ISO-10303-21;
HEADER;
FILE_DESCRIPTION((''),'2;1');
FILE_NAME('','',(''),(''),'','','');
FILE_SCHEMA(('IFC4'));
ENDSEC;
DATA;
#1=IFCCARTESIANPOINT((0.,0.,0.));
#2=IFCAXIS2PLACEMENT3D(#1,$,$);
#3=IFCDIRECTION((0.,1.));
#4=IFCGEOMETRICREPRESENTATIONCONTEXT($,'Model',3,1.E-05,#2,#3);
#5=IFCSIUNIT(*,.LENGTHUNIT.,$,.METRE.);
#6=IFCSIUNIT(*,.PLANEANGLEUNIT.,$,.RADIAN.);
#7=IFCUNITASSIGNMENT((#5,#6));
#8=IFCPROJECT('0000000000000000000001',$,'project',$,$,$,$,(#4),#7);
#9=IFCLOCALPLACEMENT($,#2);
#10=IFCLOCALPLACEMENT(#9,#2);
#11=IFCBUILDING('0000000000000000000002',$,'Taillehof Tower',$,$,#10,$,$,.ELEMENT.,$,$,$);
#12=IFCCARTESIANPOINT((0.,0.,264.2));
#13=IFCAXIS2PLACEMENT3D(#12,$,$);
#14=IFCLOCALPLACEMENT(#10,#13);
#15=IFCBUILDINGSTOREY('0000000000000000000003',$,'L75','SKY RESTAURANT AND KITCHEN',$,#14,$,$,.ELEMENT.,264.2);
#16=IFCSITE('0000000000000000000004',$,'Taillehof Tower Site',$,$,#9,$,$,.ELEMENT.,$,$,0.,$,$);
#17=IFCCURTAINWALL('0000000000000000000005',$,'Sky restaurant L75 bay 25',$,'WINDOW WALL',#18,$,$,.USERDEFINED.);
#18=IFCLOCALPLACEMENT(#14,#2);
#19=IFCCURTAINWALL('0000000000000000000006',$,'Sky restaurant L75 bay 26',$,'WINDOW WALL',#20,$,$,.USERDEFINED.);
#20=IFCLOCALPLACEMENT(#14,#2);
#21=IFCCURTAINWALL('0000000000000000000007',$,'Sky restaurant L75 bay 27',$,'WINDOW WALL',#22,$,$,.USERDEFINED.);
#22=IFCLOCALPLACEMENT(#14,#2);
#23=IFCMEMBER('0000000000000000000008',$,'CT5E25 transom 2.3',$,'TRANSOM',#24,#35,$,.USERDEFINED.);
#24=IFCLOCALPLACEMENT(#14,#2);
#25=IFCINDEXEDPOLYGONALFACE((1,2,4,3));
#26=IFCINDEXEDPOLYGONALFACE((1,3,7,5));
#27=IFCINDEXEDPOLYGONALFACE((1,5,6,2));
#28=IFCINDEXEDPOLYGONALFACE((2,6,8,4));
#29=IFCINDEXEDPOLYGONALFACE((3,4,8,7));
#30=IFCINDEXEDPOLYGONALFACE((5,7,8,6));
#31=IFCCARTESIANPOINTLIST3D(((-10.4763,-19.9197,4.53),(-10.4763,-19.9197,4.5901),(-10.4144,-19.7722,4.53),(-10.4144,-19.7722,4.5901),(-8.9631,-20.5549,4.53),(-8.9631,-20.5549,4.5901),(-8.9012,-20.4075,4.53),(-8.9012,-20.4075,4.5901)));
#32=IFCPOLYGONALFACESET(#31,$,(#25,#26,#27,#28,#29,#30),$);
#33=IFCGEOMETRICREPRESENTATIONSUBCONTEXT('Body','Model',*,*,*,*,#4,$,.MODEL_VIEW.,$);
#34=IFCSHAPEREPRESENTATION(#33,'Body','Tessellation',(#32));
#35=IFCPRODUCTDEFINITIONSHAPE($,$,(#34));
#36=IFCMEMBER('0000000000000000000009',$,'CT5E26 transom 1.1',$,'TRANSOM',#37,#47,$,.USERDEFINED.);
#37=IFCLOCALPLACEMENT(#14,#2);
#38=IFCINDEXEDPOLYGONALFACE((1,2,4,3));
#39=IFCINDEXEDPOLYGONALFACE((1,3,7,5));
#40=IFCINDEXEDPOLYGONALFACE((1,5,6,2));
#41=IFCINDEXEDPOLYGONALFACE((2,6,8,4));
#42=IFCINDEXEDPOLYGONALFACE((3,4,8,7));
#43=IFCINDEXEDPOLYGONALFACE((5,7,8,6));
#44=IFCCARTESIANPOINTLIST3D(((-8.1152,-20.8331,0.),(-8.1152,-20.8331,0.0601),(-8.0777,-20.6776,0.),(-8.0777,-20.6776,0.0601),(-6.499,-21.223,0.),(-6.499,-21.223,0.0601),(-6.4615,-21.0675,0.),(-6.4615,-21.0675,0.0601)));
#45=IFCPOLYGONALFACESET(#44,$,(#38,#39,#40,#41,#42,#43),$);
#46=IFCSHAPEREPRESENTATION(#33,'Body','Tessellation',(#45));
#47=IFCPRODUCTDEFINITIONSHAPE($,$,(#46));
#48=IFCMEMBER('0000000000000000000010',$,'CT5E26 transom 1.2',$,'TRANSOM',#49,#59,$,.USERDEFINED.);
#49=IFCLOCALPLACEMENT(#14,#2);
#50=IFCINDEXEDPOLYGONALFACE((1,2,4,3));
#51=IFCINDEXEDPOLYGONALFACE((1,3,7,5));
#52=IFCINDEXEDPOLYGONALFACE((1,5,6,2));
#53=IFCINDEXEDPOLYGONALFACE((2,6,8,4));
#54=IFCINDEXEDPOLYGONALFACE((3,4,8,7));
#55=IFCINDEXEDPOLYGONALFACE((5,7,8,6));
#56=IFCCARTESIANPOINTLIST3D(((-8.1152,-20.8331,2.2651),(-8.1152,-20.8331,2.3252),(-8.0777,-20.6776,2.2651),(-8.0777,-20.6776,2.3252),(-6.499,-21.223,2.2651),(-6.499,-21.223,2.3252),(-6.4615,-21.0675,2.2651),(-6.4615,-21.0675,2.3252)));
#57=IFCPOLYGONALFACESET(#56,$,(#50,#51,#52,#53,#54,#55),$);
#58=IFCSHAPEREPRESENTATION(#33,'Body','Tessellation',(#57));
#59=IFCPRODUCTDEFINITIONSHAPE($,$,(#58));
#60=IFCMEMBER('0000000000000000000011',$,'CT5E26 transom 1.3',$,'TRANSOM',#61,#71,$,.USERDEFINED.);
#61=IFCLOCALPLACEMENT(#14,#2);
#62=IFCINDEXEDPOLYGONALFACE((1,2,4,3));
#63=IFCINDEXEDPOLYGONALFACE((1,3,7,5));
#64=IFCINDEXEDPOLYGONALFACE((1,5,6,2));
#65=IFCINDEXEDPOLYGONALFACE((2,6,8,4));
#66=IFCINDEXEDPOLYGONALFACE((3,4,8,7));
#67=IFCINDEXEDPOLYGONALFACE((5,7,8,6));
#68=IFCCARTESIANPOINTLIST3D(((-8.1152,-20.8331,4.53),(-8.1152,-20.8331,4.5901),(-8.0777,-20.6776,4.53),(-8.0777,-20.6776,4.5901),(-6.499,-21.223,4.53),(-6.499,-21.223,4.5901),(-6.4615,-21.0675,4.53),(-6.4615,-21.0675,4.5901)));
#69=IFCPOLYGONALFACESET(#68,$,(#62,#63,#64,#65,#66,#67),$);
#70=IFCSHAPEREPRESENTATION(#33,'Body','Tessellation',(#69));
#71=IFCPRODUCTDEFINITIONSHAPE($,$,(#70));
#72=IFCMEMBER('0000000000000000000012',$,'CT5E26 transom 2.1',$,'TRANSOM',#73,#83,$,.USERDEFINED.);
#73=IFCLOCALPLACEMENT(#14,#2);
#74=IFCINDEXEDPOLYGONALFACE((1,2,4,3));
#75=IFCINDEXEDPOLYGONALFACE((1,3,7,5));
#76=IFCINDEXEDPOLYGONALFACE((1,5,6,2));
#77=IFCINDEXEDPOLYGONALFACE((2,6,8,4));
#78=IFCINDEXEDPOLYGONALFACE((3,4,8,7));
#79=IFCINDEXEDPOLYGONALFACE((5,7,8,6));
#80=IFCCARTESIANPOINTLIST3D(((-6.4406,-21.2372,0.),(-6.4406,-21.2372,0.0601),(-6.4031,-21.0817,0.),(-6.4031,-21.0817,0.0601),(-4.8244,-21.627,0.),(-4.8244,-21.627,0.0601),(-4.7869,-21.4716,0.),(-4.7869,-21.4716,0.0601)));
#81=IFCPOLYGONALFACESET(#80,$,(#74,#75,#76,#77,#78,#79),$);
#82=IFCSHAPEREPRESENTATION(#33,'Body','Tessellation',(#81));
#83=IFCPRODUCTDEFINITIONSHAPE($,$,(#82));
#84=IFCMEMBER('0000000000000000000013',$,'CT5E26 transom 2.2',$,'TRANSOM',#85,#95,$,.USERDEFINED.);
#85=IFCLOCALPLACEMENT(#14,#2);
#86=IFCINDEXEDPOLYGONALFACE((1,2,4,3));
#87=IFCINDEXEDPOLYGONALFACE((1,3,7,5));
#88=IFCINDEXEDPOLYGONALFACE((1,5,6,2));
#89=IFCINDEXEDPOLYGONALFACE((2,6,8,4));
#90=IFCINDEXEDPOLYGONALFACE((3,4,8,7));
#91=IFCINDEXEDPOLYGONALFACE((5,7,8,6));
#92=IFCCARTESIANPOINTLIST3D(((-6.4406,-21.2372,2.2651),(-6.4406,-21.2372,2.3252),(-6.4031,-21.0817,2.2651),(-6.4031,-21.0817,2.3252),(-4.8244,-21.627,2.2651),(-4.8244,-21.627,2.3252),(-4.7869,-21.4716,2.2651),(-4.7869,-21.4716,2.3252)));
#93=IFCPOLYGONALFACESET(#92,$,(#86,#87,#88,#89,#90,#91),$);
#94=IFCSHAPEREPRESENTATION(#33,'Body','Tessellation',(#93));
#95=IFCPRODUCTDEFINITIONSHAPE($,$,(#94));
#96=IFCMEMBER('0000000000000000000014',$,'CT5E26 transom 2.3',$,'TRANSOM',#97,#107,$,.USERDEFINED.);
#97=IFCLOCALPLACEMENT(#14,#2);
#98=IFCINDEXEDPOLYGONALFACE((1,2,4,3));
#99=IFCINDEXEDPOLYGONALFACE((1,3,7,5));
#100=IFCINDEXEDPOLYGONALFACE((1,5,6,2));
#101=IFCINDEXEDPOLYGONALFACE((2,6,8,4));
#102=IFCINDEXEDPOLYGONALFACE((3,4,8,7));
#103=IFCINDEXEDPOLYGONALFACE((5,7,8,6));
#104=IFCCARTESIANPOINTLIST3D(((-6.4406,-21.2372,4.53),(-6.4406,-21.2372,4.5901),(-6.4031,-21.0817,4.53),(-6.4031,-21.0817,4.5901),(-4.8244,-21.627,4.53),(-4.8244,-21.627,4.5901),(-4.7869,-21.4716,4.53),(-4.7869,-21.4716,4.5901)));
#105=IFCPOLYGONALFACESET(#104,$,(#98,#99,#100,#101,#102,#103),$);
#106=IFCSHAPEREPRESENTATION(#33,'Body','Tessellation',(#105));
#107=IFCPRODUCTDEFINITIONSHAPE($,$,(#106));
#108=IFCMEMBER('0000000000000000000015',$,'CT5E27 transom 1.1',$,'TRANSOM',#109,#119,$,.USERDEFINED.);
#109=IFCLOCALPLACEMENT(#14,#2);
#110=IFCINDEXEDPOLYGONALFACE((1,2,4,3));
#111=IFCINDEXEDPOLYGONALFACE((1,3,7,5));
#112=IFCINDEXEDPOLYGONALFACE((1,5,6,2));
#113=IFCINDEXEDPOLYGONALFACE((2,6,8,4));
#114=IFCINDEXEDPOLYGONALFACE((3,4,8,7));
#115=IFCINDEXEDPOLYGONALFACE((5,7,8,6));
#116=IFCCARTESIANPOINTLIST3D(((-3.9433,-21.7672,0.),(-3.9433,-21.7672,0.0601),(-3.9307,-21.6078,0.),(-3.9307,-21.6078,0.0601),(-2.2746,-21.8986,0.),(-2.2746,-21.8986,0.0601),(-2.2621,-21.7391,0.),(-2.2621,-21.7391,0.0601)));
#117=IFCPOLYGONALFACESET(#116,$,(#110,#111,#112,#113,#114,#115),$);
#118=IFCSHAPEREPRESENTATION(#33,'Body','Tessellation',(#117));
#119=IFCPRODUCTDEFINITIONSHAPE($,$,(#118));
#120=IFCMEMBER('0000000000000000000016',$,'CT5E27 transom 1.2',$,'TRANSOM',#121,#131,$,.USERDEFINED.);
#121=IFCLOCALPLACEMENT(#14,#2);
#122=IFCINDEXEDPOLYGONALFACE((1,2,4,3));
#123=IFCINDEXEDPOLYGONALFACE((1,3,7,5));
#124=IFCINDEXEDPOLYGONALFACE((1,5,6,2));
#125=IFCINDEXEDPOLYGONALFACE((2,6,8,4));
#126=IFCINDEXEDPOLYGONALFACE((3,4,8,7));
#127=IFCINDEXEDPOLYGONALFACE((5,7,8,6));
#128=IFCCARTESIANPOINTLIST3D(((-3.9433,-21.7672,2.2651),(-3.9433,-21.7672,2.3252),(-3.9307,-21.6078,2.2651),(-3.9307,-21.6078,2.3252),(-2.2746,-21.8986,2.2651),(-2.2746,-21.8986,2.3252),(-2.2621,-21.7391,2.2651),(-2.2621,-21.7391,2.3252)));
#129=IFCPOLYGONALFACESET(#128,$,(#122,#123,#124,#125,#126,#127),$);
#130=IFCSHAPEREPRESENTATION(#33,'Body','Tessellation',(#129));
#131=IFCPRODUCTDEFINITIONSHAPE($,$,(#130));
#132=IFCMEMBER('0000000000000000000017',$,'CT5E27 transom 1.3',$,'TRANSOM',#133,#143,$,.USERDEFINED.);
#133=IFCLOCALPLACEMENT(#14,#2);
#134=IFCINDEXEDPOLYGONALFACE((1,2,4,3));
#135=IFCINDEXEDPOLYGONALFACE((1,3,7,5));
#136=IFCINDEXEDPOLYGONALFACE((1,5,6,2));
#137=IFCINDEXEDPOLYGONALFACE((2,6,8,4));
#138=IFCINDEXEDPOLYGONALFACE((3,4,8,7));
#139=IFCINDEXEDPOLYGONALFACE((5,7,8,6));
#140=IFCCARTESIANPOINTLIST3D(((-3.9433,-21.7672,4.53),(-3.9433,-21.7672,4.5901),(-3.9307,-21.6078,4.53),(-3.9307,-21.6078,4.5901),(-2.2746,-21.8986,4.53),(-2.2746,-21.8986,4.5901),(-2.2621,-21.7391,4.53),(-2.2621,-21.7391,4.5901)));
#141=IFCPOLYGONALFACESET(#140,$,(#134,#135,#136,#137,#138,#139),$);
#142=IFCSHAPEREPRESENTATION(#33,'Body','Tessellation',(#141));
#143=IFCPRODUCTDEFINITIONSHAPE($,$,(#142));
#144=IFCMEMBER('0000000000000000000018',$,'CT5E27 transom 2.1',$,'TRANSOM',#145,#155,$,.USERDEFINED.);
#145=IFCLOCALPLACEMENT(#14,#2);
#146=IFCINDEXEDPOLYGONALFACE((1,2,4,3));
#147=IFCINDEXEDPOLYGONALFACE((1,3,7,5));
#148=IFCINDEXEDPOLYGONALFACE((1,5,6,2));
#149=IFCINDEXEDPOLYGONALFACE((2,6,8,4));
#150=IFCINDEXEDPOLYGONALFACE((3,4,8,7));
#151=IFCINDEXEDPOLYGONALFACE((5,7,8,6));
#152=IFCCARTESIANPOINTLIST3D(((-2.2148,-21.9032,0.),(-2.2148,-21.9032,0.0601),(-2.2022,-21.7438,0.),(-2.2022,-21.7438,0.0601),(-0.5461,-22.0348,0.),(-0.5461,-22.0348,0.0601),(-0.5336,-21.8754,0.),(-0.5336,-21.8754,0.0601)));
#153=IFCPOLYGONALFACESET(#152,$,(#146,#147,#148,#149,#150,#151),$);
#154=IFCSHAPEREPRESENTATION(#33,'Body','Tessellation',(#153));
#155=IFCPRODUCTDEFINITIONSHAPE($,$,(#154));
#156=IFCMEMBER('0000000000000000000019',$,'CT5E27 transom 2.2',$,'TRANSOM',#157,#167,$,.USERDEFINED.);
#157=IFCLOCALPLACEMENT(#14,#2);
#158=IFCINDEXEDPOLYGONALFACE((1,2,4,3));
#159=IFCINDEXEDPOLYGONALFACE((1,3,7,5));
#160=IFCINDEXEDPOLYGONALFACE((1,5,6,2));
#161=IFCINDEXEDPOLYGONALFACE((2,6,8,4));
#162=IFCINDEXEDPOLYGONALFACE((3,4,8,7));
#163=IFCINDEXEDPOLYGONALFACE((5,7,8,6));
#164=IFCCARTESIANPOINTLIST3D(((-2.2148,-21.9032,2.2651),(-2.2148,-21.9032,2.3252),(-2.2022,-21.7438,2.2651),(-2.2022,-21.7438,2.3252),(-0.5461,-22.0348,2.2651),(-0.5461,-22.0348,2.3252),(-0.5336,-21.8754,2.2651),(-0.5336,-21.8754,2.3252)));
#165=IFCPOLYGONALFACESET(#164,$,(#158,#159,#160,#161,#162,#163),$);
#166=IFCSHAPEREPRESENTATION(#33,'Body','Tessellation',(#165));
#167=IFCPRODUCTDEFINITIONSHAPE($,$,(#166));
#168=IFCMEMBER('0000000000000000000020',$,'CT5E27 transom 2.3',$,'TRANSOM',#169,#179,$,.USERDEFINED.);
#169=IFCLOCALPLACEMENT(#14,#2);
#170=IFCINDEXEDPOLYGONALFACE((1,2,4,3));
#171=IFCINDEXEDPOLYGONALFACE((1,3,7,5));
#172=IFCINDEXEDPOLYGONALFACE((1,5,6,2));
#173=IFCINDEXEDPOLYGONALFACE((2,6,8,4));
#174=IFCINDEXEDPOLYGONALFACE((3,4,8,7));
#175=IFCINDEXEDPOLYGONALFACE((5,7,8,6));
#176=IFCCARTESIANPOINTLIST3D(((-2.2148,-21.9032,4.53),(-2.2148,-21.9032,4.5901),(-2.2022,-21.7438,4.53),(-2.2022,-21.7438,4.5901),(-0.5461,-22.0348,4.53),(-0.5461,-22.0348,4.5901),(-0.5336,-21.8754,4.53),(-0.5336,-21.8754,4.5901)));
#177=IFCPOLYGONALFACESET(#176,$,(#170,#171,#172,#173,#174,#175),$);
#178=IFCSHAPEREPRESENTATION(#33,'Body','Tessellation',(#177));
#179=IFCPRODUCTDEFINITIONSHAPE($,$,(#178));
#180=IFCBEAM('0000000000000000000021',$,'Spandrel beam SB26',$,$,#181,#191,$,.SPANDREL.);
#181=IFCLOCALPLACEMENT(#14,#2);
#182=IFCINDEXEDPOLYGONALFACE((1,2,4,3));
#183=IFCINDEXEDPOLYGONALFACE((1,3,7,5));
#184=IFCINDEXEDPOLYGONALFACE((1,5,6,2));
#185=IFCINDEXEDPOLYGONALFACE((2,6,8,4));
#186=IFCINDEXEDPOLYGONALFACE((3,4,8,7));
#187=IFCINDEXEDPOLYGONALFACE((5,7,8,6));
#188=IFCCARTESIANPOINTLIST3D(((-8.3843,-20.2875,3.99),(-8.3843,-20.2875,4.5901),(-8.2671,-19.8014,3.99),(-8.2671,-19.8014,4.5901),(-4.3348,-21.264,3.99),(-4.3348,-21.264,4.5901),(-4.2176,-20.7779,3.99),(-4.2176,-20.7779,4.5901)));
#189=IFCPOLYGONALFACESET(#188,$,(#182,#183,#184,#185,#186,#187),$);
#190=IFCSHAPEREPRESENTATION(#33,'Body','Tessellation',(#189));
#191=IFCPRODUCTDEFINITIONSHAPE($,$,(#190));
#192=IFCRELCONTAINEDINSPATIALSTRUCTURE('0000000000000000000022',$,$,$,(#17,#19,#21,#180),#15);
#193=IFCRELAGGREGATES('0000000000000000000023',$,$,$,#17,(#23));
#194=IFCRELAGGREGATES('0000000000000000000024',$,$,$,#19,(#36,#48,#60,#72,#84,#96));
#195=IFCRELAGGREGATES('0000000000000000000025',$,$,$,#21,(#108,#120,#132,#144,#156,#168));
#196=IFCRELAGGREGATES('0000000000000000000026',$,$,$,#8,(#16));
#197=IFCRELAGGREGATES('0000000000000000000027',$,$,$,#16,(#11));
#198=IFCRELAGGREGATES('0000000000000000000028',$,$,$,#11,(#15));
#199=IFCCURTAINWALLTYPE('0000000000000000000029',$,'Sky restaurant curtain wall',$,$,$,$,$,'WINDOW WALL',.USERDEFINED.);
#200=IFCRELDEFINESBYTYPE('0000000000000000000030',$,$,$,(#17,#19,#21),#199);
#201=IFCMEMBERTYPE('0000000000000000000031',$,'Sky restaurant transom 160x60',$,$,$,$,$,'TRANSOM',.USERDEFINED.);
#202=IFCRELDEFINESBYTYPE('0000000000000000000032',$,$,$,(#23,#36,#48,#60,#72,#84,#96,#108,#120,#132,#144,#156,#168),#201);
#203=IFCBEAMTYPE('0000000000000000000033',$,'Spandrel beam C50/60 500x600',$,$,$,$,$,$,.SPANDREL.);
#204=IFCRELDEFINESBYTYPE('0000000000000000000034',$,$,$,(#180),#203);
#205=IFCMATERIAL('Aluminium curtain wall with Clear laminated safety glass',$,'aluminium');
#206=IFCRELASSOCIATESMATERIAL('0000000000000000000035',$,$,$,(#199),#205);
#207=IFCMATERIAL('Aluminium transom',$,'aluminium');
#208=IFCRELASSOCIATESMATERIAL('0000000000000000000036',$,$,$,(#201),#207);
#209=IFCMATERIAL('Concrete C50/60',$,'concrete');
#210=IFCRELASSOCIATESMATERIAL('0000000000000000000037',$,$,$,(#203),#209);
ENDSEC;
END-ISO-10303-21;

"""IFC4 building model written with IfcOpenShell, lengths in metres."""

from ifc_helpers import new_model, si_unit, direction, frame, origin, origin_2d, place, context, subcontext, project, spatial, rectangle, extrude, material, material_profile, profile_set, type_object, element, aggregate, save


model = new_model("IFC4")

# Units and contexts
model_context = context("Model", 3, precision=1e-05, world=origin(), true_north=direction((0.0, 1.0)))
body_context = subcontext(model_context, "Body", "Model", "MODEL_VIEW")
ifc_project = project(units=[si_unit("LENGTHUNIT", "METRE"), si_unit("PLANEANGLEUNIT", "RADIAN")], contexts=[model_context])

# Site, building, storey
site_placement = place(None, origin())
site = spatial("IfcSite", under=ifc_project, at=site_placement, Name="Taillehof Tower Site", CompositionType="ELEMENT", RefElevation=0.0)
building_placement = place(site_placement, origin())
building = spatial("IfcBuilding", under=site, at=building_placement, Name="Taillehof Tower", CompositionType="ELEMENT")
storey_placement = place(building_placement, frame((0.0, 0.0, 264.2)))
storey = spatial("IfcBuildingStorey", under=building, at=storey_placement, Name="L75", Description="SKY RESTAURANT AND KITCHEN", CompositionType="ELEMENT", Elevation=264.2)

# Curtain walls
ifc_material_1 = material(Name="Aluminium curtain wall with Clear laminated safety glass", Category="aluminium")
curtain_wall_type = type_object("IfcCurtainWallType", Name="Sky restaurant curtain wall", ElementType="WINDOW WALL", PredefinedType="USERDEFINED", material=ifc_material_1)
curtain_wall_1_placement = place(storey_placement, origin())
curtain_wall_1 = element("IfcCurtainWall", 1, at=curtain_wall_1_placement, inside=storey, type_object=curtain_wall_type, Name="Sky restaurant L75 bay 25", ObjectType="WINDOW WALL", PredefinedType="USERDEFINED")
curtain_wall_2_placement = place(storey_placement, origin())
curtain_wall_2 = element("IfcCurtainWall", 2, at=curtain_wall_2_placement, inside=storey, type_object=curtain_wall_type, Name="Sky restaurant L75 bay 26", ObjectType="WINDOW WALL", PredefinedType="USERDEFINED")
curtain_wall_3_placement = place(storey_placement, origin())
curtain_wall_3 = element("IfcCurtainWall", 3, at=curtain_wall_3_placement, inside=storey, type_object=curtain_wall_type, Name="Sky restaurant L75 bay 27", ObjectType="WINDOW WALL", PredefinedType="USERDEFINED")

# Members
ifc_material_2 = material(Name="Aluminium transom", Category="aluminium")
ifc_material_profile_1 = material_profile(ifc_material_2, rectangle(XDim=0.1599, YDim=0.0601, at=origin_2d()), Name="AL 160x60")
ifc_profile_set_1 = profile_set([ifc_material_profile_1], Name="Aluminium transom")
member_type_1 = type_object("IfcMemberType", Name="Sky restaurant transom 160x60", ElementType="TRANSOM", PredefinedType="USERDEFINED", material=ifc_profile_set_1)
member_1_placement = place(storey_placement, frame((-10.4453, -19.8459, 4.5601), z_axis=(0.922044, -0.387086, 0.0), x_axis=(0.387086, 0.922044, 0.0)))
member_1 = element("IfcMember", 4, at=member_1_placement, type_object=member_type_1, Name="CT5E25 transom 2.3", ObjectType="TRANSOM", PredefinedType="USERDEFINED", context=body_context, shape_type="SweptSolid", body=[
    extrude(rectangle(XDim=0.1599, YDim=0.0601, at=origin_2d()), origin(), (0.0, 0.0, 1.0), 1.6411),
])
member_2_placement = place(storey_placement, frame((-8.0964, -20.7554, 0.03), z_axis=(0.972113, -0.234511, 0.0), x_axis=(0.234511, 0.972113, 0.0)))
member_2 = element("IfcMember", 5, at=member_2_placement, type_object=member_type_1, Name="CT5E26 transom 1.1", ObjectType="TRANSOM", PredefinedType="USERDEFINED", context=body_context, shape_type="SweptSolid", body=[
    extrude(rectangle(XDim=0.1599, YDim=0.0601, at=origin_2d()), origin(), (0.0, 0.0, 1.0), 1.6626),
])
member_3_placement = place(storey_placement, frame((-8.0964, -20.7554, 2.2952), z_axis=(0.972113, -0.234511, 0.0), x_axis=(0.234511, 0.972113, 0.0)))
member_3 = element("IfcMember", 6, at=member_3_placement, type_object=member_type_1, Name="CT5E26 transom 1.2", ObjectType="TRANSOM", PredefinedType="USERDEFINED", context=body_context, shape_type="SweptSolid", body=[
    extrude(rectangle(XDim=0.1599, YDim=0.0601, at=origin_2d()), origin(), (0.0, 0.0, 1.0), 1.6626),
])
member_4_placement = place(storey_placement, frame((-8.0964, -20.7554, 4.5601), z_axis=(0.972113, -0.234511, 0.0), x_axis=(0.234511, 0.972113, 0.0)))
member_4 = element("IfcMember", 7, at=member_4_placement, type_object=member_type_1, Name="CT5E26 transom 1.3", ObjectType="TRANSOM", PredefinedType="USERDEFINED", context=body_context, shape_type="SweptSolid", body=[
    extrude(rectangle(XDim=0.1599, YDim=0.0601, at=origin_2d()), origin(), (0.0, 0.0, 1.0), 1.6626),
])
member_5_placement = place(storey_placement, frame((-6.4219, -21.1594, 0.03), z_axis=(0.972113, -0.234511, 0.0), x_axis=(0.234511, 0.972113, 0.0)))
member_5 = element("IfcMember", 8, at=member_5_placement, type_object=member_type_1, Name="CT5E26 transom 2.1", ObjectType="TRANSOM", PredefinedType="USERDEFINED", context=body_context, shape_type="SweptSolid", body=[
    extrude(rectangle(XDim=0.1599, YDim=0.0601, at=origin_2d()), origin(), (0.0, 0.0, 1.0), 1.6626),
])
member_6_placement = place(storey_placement, frame((-6.4219, -21.1594, 2.2952), z_axis=(0.972113, -0.234511, 0.0), x_axis=(0.234511, 0.972113, 0.0)))
member_6 = element("IfcMember", 9, at=member_6_placement, type_object=member_type_1, Name="CT5E26 transom 2.2", ObjectType="TRANSOM", PredefinedType="USERDEFINED", context=body_context, shape_type="SweptSolid", body=[
    extrude(rectangle(XDim=0.1599, YDim=0.0601, at=origin_2d()), origin(), (0.0, 0.0, 1.0), 1.6626),
])
member_7_placement = place(storey_placement, frame((-6.4219, -21.1594, 4.5601), z_axis=(0.972113, -0.234511, 0.0), x_axis=(0.234511, 0.972113, 0.0)))
member_7 = element("IfcMember", 10, at=member_7_placement, type_object=member_type_1, Name="CT5E26 transom 2.3", ObjectType="TRANSOM", PredefinedType="USERDEFINED", context=body_context, shape_type="SweptSolid", body=[
    extrude(rectangle(XDim=0.1599, YDim=0.0601, at=origin_2d()), origin(), (0.0, 0.0, 1.0), 1.6626),
])
member_8_placement = place(storey_placement, frame((-3.937, -21.6875, 0.03), z_axis=(0.996916, -0.07847, 0.0), x_axis=(0.07847, 0.996916, 0.0)))
member_8 = element("IfcMember", 11, at=member_8_placement, type_object=member_type_1, Name="CT5E27 transom 1.1", ObjectType="TRANSOM", PredefinedType="USERDEFINED", context=body_context, shape_type="SweptSolid", body=[
    extrude(rectangle(XDim=0.1599, YDim=0.0601, at=origin_2d()), origin(), (0.0, 0.0, 1.0), 1.6738),
])
member_9_placement = place(storey_placement, frame((-3.937, -21.6875, 2.2952), z_axis=(0.996916, -0.07847, 0.0), x_axis=(0.07847, 0.996916, 0.0)))
member_9 = element("IfcMember", 12, at=member_9_placement, type_object=member_type_1, Name="CT5E27 transom 1.2", ObjectType="TRANSOM", PredefinedType="USERDEFINED", context=body_context, shape_type="SweptSolid", body=[
    extrude(rectangle(XDim=0.1599, YDim=0.0601, at=origin_2d()), origin(), (0.0, 0.0, 1.0), 1.6738),
])
member_10_placement = place(storey_placement, frame((-3.937, -21.6875, 4.5601), z_axis=(0.996916, -0.07847, 0.0), x_axis=(0.07847, 0.996916, 0.0)))
member_10 = element("IfcMember", 13, at=member_10_placement, type_object=member_type_1, Name="CT5E27 transom 1.3", ObjectType="TRANSOM", PredefinedType="USERDEFINED", context=body_context, shape_type="SweptSolid", body=[
    extrude(rectangle(XDim=0.1599, YDim=0.0601, at=origin_2d()), origin(), (0.0, 0.0, 1.0), 1.6738),
])
member_11_placement = place(storey_placement, frame((-2.2085, -21.8235, 0.03), z_axis=(0.996905, -0.078615, 0.0), x_axis=(0.078615, 0.996905, 0.0)))
member_11 = element("IfcMember", 14, at=member_11_placement, type_object=member_type_1, Name="CT5E27 transom 2.1", ObjectType="TRANSOM", PredefinedType="USERDEFINED", context=body_context, shape_type="SweptSolid", body=[
    extrude(rectangle(XDim=0.1599, YDim=0.0601, at=origin_2d()), origin(), (0.0, 0.0, 1.0), 1.6738),
])
member_12_placement = place(storey_placement, frame((-2.2085, -21.8235, 2.2952), z_axis=(0.996905, -0.078615, 0.0), x_axis=(0.078615, 0.996905, 0.0)))
member_12 = element("IfcMember", 15, at=member_12_placement, type_object=member_type_1, Name="CT5E27 transom 2.2", ObjectType="TRANSOM", PredefinedType="USERDEFINED", context=body_context, shape_type="SweptSolid", body=[
    extrude(rectangle(XDim=0.1599, YDim=0.0601, at=origin_2d()), origin(), (0.0, 0.0, 1.0), 1.6738),
])
member_13_placement = place(storey_placement, frame((-2.2085, -21.8235, 4.5601), z_axis=(0.996905, -0.078615, 0.0), x_axis=(0.078615, 0.996905, 0.0)))
member_13 = element("IfcMember", 16, at=member_13_placement, type_object=member_type_1, Name="CT5E27 transom 2.3", ObjectType="TRANSOM", PredefinedType="USERDEFINED", context=body_context, shape_type="SweptSolid", body=[
    extrude(rectangle(XDim=0.1599, YDim=0.0601, at=origin_2d()), origin(), (0.0, 0.0, 1.0), 1.6738),
])

# Beam
ifc_material_3 = material(Name="Concrete C50/60", Category="concrete")
ifc_material_profile_2 = material_profile(ifc_material_3, rectangle(XDim=0.5, YDim=0.6001, at=origin_2d()), Name="RC 500x600")
ifc_profile_set_2 = profile_set([ifc_material_profile_2], Name="Concrete C50/60")
beam_type_1 = type_object("IfcBeamType", Name="Spandrel beam C50/60 500x600", PredefinedType="SPANDREL", material=ifc_profile_set_2)
beam_1_placement = place(storey_placement, frame((-8.3257, -20.0444, 4.29), z_axis=(0.972132, -0.234432, 0.0), x_axis=(0.234432, 0.972132, 0.0)))
element("IfcBeam", 17, at=beam_1_placement, inside=storey, type_object=beam_type_1, Name="Spandrel beam SB26", PredefinedType="SPANDREL", context=body_context, shape_type="SweptSolid", body=[
    extrude(rectangle(XDim=0.5, YDim=0.6001, at=origin_2d()), origin(), (0.0, 0.0, 1.0), 4.1655),
])

aggregate(curtain_wall_1, [member_1])
aggregate(curtain_wall_2, [member_2, member_3, member_4, member_5, member_6, member_7])
aggregate(curtain_wall_3, [member_8, member_9, member_10, member_11, member_12, member_13])

save(model, "model.ifc")
